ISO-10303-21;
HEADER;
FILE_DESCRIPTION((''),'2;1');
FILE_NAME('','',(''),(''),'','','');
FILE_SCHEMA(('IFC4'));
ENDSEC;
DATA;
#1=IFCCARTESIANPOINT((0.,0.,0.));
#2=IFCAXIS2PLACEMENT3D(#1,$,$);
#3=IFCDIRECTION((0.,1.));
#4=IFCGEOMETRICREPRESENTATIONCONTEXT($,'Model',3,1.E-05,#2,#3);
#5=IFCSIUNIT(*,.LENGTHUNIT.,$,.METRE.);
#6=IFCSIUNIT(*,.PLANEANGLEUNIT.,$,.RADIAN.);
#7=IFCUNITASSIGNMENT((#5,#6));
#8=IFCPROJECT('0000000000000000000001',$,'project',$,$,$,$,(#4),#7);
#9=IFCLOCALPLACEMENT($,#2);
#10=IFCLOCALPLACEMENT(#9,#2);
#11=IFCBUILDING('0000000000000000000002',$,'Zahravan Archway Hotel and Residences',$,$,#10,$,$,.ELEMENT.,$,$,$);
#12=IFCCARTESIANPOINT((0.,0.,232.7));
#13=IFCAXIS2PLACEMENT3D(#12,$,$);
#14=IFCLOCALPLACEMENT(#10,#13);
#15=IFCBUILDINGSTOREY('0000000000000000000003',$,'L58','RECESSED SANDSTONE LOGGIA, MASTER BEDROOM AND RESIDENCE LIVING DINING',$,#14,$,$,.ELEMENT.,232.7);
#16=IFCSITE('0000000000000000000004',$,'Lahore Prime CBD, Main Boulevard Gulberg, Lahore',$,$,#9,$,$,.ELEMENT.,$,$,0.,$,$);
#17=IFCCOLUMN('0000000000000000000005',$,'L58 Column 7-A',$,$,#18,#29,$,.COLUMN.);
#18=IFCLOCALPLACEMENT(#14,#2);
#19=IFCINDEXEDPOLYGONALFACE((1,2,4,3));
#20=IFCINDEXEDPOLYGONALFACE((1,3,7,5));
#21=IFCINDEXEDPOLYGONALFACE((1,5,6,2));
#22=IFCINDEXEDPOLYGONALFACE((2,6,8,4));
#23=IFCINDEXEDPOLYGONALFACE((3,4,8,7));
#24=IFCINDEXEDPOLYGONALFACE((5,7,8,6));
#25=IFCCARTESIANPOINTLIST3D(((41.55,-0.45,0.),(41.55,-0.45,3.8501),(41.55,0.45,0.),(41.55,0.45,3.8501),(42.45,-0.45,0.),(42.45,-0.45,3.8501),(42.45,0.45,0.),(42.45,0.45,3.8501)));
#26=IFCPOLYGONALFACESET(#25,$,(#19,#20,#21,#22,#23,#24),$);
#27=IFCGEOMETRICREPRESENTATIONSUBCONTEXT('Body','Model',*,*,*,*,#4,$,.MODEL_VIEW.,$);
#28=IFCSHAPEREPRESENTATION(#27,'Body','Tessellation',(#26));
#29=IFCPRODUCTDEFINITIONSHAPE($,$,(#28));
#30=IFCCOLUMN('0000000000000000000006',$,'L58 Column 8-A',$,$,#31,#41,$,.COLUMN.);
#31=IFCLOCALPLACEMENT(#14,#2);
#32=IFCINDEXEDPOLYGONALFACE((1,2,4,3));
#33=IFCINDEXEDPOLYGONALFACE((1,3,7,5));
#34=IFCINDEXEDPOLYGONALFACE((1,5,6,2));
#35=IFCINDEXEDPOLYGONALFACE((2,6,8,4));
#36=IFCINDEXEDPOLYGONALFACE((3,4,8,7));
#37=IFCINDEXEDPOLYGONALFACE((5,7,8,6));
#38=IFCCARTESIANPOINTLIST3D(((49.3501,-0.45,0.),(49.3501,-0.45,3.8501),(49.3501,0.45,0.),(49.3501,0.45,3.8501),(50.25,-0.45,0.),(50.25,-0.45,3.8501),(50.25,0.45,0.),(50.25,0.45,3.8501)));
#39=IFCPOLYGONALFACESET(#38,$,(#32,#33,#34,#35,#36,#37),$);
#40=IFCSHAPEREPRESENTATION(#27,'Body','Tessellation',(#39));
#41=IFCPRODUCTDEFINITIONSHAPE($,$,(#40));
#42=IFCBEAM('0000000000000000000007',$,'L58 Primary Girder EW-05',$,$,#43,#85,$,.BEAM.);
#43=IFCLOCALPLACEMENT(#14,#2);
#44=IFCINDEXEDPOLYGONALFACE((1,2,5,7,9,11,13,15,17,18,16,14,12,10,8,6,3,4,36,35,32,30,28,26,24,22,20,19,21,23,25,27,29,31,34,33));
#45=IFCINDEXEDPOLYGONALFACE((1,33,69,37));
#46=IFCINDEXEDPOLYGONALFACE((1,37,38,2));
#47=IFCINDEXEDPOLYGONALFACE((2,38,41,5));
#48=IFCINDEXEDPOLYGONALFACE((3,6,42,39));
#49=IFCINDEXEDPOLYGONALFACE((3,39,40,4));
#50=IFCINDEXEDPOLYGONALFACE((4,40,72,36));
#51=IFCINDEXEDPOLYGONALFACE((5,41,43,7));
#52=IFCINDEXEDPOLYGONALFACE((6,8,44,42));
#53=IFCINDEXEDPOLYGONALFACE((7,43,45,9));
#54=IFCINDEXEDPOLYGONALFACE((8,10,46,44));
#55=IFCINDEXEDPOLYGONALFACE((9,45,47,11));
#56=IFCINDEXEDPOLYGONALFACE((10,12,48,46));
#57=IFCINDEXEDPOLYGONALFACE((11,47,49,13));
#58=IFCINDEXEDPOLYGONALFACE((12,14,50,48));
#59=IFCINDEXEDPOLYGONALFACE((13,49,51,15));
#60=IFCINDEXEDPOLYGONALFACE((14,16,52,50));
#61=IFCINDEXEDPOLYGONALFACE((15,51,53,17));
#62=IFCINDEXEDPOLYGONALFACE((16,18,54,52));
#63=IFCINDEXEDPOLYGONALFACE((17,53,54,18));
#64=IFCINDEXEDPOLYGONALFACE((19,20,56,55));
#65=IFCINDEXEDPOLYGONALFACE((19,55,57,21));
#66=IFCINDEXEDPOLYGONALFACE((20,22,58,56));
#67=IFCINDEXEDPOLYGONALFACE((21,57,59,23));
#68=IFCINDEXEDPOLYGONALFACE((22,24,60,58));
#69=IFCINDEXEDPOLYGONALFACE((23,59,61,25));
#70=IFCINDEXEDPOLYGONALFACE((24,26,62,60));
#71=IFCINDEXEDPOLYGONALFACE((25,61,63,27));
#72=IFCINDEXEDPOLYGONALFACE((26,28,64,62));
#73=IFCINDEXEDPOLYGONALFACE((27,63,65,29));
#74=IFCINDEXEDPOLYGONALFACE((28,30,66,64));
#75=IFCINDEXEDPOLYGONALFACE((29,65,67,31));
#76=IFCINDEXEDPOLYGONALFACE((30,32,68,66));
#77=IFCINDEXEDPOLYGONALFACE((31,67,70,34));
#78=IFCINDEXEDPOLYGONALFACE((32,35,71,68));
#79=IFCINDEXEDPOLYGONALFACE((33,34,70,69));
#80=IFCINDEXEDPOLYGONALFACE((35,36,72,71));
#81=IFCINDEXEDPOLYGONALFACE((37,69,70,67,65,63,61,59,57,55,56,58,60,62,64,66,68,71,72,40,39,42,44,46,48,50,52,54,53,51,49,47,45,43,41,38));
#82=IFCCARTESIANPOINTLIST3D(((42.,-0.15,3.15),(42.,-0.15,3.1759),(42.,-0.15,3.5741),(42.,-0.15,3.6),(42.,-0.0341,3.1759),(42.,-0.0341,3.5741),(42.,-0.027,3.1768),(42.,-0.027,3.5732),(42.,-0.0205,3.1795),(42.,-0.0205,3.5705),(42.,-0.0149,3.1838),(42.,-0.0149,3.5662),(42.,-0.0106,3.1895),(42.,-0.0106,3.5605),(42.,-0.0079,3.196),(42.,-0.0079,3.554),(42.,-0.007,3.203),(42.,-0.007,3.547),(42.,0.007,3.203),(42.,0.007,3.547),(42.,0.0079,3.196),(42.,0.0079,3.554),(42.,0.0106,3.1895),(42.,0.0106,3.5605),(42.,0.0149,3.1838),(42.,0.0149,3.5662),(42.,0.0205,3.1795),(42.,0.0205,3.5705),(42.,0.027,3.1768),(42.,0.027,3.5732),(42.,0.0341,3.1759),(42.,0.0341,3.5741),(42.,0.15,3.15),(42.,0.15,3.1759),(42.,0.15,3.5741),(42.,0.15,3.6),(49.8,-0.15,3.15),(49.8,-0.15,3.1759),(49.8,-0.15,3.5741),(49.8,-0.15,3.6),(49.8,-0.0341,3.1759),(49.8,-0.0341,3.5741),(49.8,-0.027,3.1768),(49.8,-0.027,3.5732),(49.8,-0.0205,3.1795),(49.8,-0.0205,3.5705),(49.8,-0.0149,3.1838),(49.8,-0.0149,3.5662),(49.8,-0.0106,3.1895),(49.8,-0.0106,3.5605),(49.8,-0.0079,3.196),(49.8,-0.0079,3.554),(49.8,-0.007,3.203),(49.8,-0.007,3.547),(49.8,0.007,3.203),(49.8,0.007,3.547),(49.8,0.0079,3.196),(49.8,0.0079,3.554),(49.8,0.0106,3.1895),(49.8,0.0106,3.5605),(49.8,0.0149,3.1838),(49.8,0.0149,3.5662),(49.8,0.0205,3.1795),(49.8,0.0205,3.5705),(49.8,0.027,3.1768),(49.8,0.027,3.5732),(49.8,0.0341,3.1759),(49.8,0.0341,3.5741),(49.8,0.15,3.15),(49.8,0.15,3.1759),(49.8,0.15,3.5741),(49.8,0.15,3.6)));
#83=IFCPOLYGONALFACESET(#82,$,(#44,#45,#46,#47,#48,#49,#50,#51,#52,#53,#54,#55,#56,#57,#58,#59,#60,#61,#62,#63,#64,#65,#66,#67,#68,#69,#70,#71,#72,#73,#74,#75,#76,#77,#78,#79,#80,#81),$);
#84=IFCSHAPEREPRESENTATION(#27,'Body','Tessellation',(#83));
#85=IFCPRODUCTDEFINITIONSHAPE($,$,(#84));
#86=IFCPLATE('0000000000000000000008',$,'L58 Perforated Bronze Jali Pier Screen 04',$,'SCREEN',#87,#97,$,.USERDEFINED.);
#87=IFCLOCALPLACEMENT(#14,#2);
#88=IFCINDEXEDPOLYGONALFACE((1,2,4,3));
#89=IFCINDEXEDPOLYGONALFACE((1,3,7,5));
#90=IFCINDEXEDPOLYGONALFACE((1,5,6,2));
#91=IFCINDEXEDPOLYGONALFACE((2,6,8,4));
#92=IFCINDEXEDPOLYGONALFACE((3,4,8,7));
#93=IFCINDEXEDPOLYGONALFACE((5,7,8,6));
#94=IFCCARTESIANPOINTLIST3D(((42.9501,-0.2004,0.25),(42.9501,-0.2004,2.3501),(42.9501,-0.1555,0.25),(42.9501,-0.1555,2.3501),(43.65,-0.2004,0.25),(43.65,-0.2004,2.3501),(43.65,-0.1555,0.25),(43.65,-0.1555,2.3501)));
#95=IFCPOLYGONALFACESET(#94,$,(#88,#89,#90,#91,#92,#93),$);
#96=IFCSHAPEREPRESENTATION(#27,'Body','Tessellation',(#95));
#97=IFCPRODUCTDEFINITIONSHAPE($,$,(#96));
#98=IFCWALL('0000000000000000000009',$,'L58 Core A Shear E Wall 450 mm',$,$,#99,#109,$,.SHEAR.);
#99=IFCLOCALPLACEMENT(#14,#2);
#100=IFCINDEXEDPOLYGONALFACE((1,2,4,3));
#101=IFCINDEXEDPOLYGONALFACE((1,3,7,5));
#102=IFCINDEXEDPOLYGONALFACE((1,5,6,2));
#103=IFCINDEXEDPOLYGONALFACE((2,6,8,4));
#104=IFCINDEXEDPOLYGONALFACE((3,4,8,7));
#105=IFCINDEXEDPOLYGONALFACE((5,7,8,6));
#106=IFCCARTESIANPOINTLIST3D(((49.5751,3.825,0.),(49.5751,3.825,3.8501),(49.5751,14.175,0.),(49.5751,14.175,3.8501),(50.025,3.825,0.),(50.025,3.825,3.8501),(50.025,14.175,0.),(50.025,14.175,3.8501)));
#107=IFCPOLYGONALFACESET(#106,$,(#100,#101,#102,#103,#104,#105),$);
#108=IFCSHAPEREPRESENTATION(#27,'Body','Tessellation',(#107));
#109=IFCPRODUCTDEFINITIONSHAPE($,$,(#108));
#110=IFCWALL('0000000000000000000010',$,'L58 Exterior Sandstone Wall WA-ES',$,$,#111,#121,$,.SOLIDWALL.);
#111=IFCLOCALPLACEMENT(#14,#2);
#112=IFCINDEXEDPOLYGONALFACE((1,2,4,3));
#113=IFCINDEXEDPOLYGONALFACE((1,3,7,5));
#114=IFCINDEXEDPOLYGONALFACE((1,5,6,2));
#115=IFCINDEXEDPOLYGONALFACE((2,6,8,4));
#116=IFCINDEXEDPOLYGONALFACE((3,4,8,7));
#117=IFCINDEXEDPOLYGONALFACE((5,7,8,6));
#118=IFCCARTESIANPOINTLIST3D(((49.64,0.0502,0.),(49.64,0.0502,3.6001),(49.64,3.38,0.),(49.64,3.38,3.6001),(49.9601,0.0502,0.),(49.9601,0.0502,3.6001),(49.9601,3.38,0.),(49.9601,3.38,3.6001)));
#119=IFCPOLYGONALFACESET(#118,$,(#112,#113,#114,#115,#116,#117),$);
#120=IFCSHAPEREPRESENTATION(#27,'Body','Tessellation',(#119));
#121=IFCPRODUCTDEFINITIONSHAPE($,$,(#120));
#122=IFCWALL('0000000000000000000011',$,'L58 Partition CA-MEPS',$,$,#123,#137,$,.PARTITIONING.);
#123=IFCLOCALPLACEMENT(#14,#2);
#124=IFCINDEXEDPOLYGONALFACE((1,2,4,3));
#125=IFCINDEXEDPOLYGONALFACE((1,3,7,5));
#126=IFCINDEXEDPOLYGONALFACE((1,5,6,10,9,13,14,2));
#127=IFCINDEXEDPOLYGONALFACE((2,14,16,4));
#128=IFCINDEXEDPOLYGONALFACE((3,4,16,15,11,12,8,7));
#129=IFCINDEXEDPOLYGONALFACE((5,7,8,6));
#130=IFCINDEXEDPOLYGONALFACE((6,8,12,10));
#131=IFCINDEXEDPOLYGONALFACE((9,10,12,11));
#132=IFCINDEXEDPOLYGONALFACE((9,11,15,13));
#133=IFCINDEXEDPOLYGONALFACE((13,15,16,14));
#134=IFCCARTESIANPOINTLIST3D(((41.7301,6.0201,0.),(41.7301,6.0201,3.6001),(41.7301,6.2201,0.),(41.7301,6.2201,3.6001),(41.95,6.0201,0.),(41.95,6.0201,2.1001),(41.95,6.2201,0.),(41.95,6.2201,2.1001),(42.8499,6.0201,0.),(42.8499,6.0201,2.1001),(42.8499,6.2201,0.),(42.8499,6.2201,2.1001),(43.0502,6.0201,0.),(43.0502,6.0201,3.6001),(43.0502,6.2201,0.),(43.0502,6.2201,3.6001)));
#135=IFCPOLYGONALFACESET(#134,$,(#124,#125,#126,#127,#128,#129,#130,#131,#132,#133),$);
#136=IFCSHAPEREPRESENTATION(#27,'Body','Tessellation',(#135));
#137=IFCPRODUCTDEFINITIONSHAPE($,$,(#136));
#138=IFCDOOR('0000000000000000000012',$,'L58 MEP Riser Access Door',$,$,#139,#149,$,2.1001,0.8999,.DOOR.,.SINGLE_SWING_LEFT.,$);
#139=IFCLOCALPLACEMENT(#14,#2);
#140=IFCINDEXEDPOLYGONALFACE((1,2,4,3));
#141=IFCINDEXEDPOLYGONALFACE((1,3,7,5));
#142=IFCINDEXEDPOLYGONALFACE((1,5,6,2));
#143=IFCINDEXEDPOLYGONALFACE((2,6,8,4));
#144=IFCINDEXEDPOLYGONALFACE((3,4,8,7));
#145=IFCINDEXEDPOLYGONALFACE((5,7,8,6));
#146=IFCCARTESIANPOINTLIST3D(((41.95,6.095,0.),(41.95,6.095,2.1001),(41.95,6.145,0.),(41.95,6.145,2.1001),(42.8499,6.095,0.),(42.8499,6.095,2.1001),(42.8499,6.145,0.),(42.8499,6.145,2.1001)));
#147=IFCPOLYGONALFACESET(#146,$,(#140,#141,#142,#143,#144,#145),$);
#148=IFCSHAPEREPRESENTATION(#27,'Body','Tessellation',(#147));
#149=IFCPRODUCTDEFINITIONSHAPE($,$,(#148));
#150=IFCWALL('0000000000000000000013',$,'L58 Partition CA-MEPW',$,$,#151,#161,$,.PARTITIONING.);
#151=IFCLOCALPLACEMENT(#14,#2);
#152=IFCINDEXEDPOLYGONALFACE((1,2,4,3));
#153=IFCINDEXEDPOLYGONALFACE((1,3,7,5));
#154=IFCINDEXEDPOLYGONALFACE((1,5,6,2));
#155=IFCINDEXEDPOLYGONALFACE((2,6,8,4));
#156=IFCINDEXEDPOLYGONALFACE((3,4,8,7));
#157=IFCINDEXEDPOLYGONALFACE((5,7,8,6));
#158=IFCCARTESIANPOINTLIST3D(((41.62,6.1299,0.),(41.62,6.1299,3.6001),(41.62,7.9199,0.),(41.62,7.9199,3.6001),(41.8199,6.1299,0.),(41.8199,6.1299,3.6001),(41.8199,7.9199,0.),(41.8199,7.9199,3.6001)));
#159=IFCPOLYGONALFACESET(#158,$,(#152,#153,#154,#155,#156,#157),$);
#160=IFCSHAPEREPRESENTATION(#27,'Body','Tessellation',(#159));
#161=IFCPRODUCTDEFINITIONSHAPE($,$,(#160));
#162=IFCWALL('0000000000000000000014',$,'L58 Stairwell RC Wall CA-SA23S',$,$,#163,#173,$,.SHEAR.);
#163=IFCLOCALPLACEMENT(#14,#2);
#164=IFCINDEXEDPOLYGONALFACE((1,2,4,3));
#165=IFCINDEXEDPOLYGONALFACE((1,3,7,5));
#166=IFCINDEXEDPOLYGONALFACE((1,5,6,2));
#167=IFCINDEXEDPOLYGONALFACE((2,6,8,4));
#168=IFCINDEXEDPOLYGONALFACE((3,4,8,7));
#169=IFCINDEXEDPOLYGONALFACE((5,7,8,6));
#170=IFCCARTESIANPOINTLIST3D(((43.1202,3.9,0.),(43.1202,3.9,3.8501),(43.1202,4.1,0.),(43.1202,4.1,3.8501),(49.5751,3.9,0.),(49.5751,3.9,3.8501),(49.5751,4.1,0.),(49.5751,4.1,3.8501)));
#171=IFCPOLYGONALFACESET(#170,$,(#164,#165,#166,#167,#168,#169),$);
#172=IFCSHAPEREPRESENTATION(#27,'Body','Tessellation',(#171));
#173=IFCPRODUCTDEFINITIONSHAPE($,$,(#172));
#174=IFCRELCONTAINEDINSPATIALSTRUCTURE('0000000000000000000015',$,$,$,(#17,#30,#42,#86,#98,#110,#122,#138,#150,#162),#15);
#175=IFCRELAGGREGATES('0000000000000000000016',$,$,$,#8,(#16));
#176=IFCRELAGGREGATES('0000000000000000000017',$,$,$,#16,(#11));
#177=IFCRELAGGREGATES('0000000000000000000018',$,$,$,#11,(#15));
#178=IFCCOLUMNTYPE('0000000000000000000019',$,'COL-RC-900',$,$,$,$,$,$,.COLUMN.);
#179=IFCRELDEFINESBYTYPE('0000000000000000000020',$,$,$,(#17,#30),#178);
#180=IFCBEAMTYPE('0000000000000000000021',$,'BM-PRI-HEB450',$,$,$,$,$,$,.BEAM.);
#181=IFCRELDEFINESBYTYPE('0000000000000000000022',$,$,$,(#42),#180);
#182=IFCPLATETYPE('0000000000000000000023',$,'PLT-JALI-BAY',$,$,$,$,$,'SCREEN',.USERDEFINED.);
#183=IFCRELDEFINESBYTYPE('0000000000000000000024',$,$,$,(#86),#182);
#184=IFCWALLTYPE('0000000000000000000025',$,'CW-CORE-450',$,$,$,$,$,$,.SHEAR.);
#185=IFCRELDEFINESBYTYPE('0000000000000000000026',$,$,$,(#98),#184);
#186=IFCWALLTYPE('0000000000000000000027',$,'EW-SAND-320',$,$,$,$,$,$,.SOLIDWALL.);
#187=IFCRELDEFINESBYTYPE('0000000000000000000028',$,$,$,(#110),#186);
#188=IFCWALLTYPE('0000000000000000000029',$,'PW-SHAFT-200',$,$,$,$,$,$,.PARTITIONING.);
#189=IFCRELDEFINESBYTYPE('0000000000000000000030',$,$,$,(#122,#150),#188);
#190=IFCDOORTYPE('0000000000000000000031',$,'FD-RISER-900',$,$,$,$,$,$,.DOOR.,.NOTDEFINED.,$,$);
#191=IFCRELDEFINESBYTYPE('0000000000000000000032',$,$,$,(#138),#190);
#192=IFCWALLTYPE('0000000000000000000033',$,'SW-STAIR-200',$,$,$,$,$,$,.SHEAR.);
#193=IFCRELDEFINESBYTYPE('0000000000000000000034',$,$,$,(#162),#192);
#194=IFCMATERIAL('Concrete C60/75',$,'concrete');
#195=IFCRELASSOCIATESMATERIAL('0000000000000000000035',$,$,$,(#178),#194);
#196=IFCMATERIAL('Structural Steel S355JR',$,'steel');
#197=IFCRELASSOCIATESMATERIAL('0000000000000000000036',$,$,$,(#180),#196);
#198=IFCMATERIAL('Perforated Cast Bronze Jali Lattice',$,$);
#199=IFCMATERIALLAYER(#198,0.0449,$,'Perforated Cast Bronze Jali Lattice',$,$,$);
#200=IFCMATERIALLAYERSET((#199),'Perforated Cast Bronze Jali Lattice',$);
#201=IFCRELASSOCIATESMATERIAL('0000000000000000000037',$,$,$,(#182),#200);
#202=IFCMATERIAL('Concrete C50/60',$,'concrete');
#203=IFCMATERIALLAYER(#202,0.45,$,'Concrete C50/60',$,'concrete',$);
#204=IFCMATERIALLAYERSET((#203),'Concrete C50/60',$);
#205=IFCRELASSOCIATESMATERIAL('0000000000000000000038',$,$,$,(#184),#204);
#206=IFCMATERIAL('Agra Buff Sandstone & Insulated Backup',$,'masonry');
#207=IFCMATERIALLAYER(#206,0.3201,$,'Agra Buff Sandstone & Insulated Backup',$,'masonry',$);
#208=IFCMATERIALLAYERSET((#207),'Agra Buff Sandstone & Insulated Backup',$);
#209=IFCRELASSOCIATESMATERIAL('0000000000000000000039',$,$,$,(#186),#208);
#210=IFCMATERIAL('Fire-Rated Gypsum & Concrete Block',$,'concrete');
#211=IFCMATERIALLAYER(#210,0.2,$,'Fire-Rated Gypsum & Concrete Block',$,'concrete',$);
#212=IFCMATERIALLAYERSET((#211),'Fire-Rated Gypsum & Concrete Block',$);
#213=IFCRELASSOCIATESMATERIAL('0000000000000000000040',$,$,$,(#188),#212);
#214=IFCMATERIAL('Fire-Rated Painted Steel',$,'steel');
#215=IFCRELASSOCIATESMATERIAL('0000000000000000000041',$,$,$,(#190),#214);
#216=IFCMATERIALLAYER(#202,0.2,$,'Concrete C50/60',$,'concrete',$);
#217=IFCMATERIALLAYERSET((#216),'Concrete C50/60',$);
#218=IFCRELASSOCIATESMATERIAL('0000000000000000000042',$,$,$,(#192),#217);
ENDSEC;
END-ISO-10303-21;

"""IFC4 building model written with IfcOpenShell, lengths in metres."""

from ifc_helpers import new_model, si_unit, direction, frame, frame_2d, origin, origin_2d, place, context, subcontext, project, spatial, rectangle, i_section, extrude, source, transform, mapped, material, layer, layer_set, material_profile, profile_set, type_object, type_shapes, element, fill, save


model = new_model("IFC4")

# Units and contexts
model_context = context("Model", 3, precision=1e-05, world=origin(), true_north=direction((0.0, 1.0)))
body_context = subcontext(model_context, "Body", "Model", "MODEL_VIEW")
ifc_project = project(units=[si_unit("LENGTHUNIT", "METRE"), si_unit("PLANEANGLEUNIT", "RADIAN")], contexts=[model_context])

# Site, building, storey
site_placement = place(None, origin())
site = spatial("IfcSite", under=ifc_project, at=site_placement, Name="Lahore Prime CBD, Main Boulevard Gulberg, Lahore", CompositionType="ELEMENT", RefElevation=0.0)
building_placement = place(site_placement, origin())
building = spatial("IfcBuilding", under=site, at=building_placement, Name="Zahravan Archway Hotel and Residences", CompositionType="ELEMENT")
storey_placement = place(building_placement, frame((0.0, 0.0, 232.7)))
storey = spatial("IfcBuildingStorey", under=building, at=storey_placement, Name="L58", Description="RECESSED SANDSTONE LOGGIA, MASTER BEDROOM AND RESIDENCE LIVING DINING", CompositionType="ELEMENT", Elevation=232.7)

# Columns
ifc_material_1 = material(Name="Concrete C60/75", Category="concrete")
ifc_material_profile_1 = material_profile(ifc_material_1, rectangle(XDim=0.8999, YDim=0.8999, at=origin_2d()), Name="RC-COL-900x900", Category="concrete")
ifc_profile_set_1 = profile_set([ifc_material_profile_1], Name="Concrete C60/75")
column_type = type_object("IfcColumnType", Name="COL-RC-900", PredefinedType="COLUMN", material=ifc_profile_set_1)
shared_shape_1 = source(origin(), body_context, "Body", "SweptSolid", [
    extrude(rectangle(XDim=0.8999, YDim=0.8999, at=origin_2d()), origin(), (0.0, 0.0, 1.0), 3.8501),
])
type_shapes(column_type, [shared_shape_1])
for number, where, z_axis, x_axis, name in (
    (1, (42.0, 0.0, 0.0), (0.0, 0.0, 1.0), (1.0, 0.0, 0.0), "L58 Column 7-A"),
    (2, (49.8, 0.0, 0.0), (0.0, 0.0, 1.0), (1.0, 0.0, 0.0), "L58 Column 8-A"),
):
    element("IfcColumn", number, at=place(storey_placement, frame(where, z_axis=z_axis, x_axis=x_axis)), inside=storey, type_object=column_type, Name=name, PredefinedType="COLUMN", context=body_context, shape_type="MappedRepresentation", body=[
        mapped(shared_shape_1, transform((0.0, 0.0, 0.0), scale=1.0)),
    ])

# Beam
ifc_material_2 = material(Name="Structural Steel S355JR", Category="steel")
ifc_material_profile_2 = material_profile(ifc_material_2, i_section(OverallWidth=0.3, OverallDepth=0.45, WebThickness=0.0139, FlangeThickness=0.0259, FilletRadius=0.0271, at=origin_2d()), Name="HEB 450", Category="steel")
ifc_profile_set_2 = profile_set([ifc_material_profile_2], Name="Structural Steel S355JR")
beam_type = type_object("IfcBeamType", Name="BM-PRI-HEB450", PredefinedType="BEAM", material=ifc_profile_set_2)
shared_shape_2 = source(origin(), body_context, "Body", "SweptSolid", [
    extrude(i_section(OverallWidth=0.3, OverallDepth=0.45, WebThickness=0.0139, FlangeThickness=0.0259, FilletRadius=0.0271, at=origin_2d()), origin(), (0.0, 0.0, 1.0), 7.8),
])
beam_placement = place(storey_placement, frame((42.0, 0.0, 3.375), z_axis=(1.0, 0.0, 0.0), x_axis=(0.0, 1.0, 0.0)))
element("IfcBeam", 3, at=beam_placement, inside=storey, type_object=beam_type, Name="L58 Primary Girder EW-05", PredefinedType="BEAM", context=body_context, shape_type="MappedRepresentation", body=[
    mapped(shared_shape_2, transform((0.0, 0.0, 0.0), scale=1.0)),
])

# Plate
ifc_material_3 = material(Name="Perforated Cast Bronze Jali Lattice")
ifc_layer_1 = layer(ifc_material_3, 0.0449, Name="Perforated Cast Bronze Jali Lattice")
ifc_layer_set_1 = layer_set([ifc_layer_1], Name="Perforated Cast Bronze Jali Lattice")
plate_type = type_object("IfcPlateType", Name="PLT-JALI-BAY", ElementType="SCREEN", PredefinedType="USERDEFINED", material=ifc_layer_set_1)
shared_shape_3 = source(origin(), body_context, "Body", "SweptSolid", [
    extrude(rectangle(XDim=0.7, YDim=0.0449, at=origin_2d()), origin(), (0.0, 0.0, 1.0), 2.1001),
])
type_shapes(plate_type, [shared_shape_3])
plate_placement = place(storey_placement, frame((43.3, -0.178, 0.25), z_axis=(0.0, 0.0, 1.0), x_axis=(1.0, 0.0, 0.0)))
element("IfcPlate", 4, at=plate_placement, inside=storey, type_object=plate_type, Name="L58 Perforated Bronze Jali Pier Screen 04", ObjectType="SCREEN", PredefinedType="USERDEFINED", context=body_context, shape_type="MappedRepresentation", body=[
    mapped(shared_shape_3, transform((0.0, 0.0, 0.0), scale=1.0)),
])

# Walls
ifc_material_4 = material(Name="Concrete C50/60", Category="concrete")
ifc_layer_2 = layer(ifc_material_4, 0.45, Name="Concrete C50/60", Category="concrete")
ifc_layer_set_2 = layer_set([ifc_layer_2], Name="Concrete C50/60")
wall_type_1 = type_object("IfcWallType", Name="CW-CORE-450", PredefinedType="SHEAR", material=ifc_layer_set_2)
wall_1_placement = place(storey_placement, frame((49.8, 3.825, 0.0), z_axis=(0.0, 0.0, 1.0), x_axis=(0.0, 1.0, 0.0)))
element("IfcWall", 5, at=wall_1_placement, inside=storey, type_object=wall_type_1, Name="L58 Core A Shear E Wall 450 mm", PredefinedType="SHEAR", context=body_context, shape_type="SweptSolid", body=[
    extrude(rectangle(XDim=10.3501, YDim=0.45, at=frame_2d((5.175, 0.0))), origin(), (0.0, 0.0, 1.0), 3.8501),
])
ifc_material_5 = material(Name="Agra Buff Sandstone & Insulated Backup", Category="masonry")
ifc_layer_3 = layer(ifc_material_5, 0.3201, Name="Agra Buff Sandstone & Insulated Backup", Category="masonry")
ifc_layer_set_3 = layer_set([ifc_layer_3], Name="Agra Buff Sandstone & Insulated Backup")
wall_type_2 = type_object("IfcWallType", Name="EW-SAND-320", PredefinedType="SOLIDWALL", material=ifc_layer_set_3)
wall_2_placement = place(storey_placement, frame((49.8, 0.05, 0.0), z_axis=(0.0, 0.0, 1.0), x_axis=(0.0, 1.0, 0.0)))
element("IfcWall", 6, at=wall_2_placement, inside=storey, type_object=wall_type_2, Name="L58 Exterior Sandstone Wall WA-ES", PredefinedType="SOLIDWALL", context=body_context, shape_type="SweptSolid", body=[
    extrude(rectangle(XDim=3.3298, YDim=0.3201, at=frame_2d((1.665, 0.0))), origin(), (0.0, 0.0, 1.0), 3.6001),
])

# Wall, opening, door
ifc_material_6 = material(Name="Fire-Rated Gypsum & Concrete Block", Category="concrete")
ifc_layer_4 = layer(ifc_material_6, 0.2, Name="Fire-Rated Gypsum & Concrete Block", Category="concrete")
ifc_layer_set_4 = layer_set([ifc_layer_4], Name="Fire-Rated Gypsum & Concrete Block")
wall_type_3 = type_object("IfcWallType", Name="PW-SHAFT-200", PredefinedType="PARTITIONING", material=ifc_layer_set_4)
wall_3_placement = place(storey_placement, frame((41.73, 6.1201, 0.0), z_axis=(0.0, 0.0, 1.0), x_axis=(1.0, 0.0, 0.0)))
wall_3 = element("IfcWall", 7, at=wall_3_placement, inside=storey, type_object=wall_type_3, Name="L58 Partition CA-MEPS", PredefinedType="PARTITIONING", context=body_context, shape_type="SweptSolid", body=[
    extrude(rectangle(XDim=1.3201, YDim=0.2, at=frame_2d((0.6602, 0.0))), origin(), (0.0, 0.0, 1.0), 3.6001),
])
opening_placement = place(wall_3_placement, frame((0.22, 0.0, 0.0)))
opening = element("IfcOpeningElement", 8, at=opening_placement, cuts=wall_3, PredefinedType="OPENING", context=body_context, shape_type="SweptSolid", body=[
    extrude(rectangle(XDim=0.8999, YDim=2.1001, at=frame_2d((0.45, 1.05))), frame((0.0, 0.1099, 0.0), z_axis=(0.0, -1.0, 0.0), x_axis=(1.0, 0.0, 0.0)), (0.0, 0.0, 1.0), 0.22),
])
ifc_material_7 = material(Name="Fire-Rated Painted Steel", Category="steel")
door_type = type_object("IfcDoorType", Name="FD-RISER-900", OperationType="NOTDEFINED", PredefinedType="DOOR", material=ifc_material_7)
shared_shape_4 = source(origin(), body_context, "Body", "SweptSolid", [
    extrude(rectangle(XDim=0.8999, YDim=2.1001, at=frame_2d((0.45, 1.05))), frame((0.0, 0.0249, 0.0), z_axis=(0.0, -1.0, 0.0), x_axis=(1.0, 0.0, 0.0)), (0.0, 0.0, 1.0), 0.05),
])
type_shapes(door_type, [shared_shape_4])
door_placement = place(opening_placement, origin())
door = element("IfcDoor", 9, at=door_placement, inside=storey, type_object=door_type, Name="L58 MEP Riser Access Door", OperationType="SINGLE_SWING_LEFT", OverallHeight=2.1001, OverallWidth=0.8999, PredefinedType="DOOR", context=body_context, shape_type="MappedRepresentation", body=[
    mapped(shared_shape_4, transform((0.0, 0.0, 0.0), scale=1.0)),
])
fill(opening, door)

# Walls
wall_4_placement = place(storey_placement, frame((41.72, 6.1299, 0.0), z_axis=(0.0, 0.0, 1.0), x_axis=(0.0, 1.0, 0.0)))
element("IfcWall", 10, at=wall_4_placement, inside=storey, type_object=wall_type_3, Name="L58 Partition CA-MEPW", PredefinedType="PARTITIONING", context=body_context, shape_type="SweptSolid", body=[
    extrude(rectangle(XDim=1.79, YDim=0.2, at=frame_2d((0.895, 0.0))), origin(), (0.0, 0.0, 1.0), 3.6001),
])
ifc_layer_5 = layer(ifc_material_4, 0.2, Name="Concrete C50/60", Category="concrete")
ifc_layer_set_5 = layer_set([ifc_layer_5], Name="Concrete C50/60")
wall_type_4 = type_object("IfcWallType", Name="SW-STAIR-200", PredefinedType="SHEAR", material=ifc_layer_set_5)
wall_5_placement = place(storey_placement, frame((43.1201, 4.0, 0.0), z_axis=(0.0, 0.0, 1.0), x_axis=(1.0, 0.0, 0.0)))
element("IfcWall", 11, at=wall_5_placement, inside=storey, type_object=wall_type_4, Name="L58 Stairwell RC Wall CA-SA23S", PredefinedType="SHEAR", context=body_context, shape_type="SweptSolid", body=[
    extrude(rectangle(XDim=6.4548, YDim=0.2, at=frame_2d((3.2275, 0.0))), origin(), (0.0, 0.0, 1.0), 3.8501),
])

save(model, "model.ifc")
